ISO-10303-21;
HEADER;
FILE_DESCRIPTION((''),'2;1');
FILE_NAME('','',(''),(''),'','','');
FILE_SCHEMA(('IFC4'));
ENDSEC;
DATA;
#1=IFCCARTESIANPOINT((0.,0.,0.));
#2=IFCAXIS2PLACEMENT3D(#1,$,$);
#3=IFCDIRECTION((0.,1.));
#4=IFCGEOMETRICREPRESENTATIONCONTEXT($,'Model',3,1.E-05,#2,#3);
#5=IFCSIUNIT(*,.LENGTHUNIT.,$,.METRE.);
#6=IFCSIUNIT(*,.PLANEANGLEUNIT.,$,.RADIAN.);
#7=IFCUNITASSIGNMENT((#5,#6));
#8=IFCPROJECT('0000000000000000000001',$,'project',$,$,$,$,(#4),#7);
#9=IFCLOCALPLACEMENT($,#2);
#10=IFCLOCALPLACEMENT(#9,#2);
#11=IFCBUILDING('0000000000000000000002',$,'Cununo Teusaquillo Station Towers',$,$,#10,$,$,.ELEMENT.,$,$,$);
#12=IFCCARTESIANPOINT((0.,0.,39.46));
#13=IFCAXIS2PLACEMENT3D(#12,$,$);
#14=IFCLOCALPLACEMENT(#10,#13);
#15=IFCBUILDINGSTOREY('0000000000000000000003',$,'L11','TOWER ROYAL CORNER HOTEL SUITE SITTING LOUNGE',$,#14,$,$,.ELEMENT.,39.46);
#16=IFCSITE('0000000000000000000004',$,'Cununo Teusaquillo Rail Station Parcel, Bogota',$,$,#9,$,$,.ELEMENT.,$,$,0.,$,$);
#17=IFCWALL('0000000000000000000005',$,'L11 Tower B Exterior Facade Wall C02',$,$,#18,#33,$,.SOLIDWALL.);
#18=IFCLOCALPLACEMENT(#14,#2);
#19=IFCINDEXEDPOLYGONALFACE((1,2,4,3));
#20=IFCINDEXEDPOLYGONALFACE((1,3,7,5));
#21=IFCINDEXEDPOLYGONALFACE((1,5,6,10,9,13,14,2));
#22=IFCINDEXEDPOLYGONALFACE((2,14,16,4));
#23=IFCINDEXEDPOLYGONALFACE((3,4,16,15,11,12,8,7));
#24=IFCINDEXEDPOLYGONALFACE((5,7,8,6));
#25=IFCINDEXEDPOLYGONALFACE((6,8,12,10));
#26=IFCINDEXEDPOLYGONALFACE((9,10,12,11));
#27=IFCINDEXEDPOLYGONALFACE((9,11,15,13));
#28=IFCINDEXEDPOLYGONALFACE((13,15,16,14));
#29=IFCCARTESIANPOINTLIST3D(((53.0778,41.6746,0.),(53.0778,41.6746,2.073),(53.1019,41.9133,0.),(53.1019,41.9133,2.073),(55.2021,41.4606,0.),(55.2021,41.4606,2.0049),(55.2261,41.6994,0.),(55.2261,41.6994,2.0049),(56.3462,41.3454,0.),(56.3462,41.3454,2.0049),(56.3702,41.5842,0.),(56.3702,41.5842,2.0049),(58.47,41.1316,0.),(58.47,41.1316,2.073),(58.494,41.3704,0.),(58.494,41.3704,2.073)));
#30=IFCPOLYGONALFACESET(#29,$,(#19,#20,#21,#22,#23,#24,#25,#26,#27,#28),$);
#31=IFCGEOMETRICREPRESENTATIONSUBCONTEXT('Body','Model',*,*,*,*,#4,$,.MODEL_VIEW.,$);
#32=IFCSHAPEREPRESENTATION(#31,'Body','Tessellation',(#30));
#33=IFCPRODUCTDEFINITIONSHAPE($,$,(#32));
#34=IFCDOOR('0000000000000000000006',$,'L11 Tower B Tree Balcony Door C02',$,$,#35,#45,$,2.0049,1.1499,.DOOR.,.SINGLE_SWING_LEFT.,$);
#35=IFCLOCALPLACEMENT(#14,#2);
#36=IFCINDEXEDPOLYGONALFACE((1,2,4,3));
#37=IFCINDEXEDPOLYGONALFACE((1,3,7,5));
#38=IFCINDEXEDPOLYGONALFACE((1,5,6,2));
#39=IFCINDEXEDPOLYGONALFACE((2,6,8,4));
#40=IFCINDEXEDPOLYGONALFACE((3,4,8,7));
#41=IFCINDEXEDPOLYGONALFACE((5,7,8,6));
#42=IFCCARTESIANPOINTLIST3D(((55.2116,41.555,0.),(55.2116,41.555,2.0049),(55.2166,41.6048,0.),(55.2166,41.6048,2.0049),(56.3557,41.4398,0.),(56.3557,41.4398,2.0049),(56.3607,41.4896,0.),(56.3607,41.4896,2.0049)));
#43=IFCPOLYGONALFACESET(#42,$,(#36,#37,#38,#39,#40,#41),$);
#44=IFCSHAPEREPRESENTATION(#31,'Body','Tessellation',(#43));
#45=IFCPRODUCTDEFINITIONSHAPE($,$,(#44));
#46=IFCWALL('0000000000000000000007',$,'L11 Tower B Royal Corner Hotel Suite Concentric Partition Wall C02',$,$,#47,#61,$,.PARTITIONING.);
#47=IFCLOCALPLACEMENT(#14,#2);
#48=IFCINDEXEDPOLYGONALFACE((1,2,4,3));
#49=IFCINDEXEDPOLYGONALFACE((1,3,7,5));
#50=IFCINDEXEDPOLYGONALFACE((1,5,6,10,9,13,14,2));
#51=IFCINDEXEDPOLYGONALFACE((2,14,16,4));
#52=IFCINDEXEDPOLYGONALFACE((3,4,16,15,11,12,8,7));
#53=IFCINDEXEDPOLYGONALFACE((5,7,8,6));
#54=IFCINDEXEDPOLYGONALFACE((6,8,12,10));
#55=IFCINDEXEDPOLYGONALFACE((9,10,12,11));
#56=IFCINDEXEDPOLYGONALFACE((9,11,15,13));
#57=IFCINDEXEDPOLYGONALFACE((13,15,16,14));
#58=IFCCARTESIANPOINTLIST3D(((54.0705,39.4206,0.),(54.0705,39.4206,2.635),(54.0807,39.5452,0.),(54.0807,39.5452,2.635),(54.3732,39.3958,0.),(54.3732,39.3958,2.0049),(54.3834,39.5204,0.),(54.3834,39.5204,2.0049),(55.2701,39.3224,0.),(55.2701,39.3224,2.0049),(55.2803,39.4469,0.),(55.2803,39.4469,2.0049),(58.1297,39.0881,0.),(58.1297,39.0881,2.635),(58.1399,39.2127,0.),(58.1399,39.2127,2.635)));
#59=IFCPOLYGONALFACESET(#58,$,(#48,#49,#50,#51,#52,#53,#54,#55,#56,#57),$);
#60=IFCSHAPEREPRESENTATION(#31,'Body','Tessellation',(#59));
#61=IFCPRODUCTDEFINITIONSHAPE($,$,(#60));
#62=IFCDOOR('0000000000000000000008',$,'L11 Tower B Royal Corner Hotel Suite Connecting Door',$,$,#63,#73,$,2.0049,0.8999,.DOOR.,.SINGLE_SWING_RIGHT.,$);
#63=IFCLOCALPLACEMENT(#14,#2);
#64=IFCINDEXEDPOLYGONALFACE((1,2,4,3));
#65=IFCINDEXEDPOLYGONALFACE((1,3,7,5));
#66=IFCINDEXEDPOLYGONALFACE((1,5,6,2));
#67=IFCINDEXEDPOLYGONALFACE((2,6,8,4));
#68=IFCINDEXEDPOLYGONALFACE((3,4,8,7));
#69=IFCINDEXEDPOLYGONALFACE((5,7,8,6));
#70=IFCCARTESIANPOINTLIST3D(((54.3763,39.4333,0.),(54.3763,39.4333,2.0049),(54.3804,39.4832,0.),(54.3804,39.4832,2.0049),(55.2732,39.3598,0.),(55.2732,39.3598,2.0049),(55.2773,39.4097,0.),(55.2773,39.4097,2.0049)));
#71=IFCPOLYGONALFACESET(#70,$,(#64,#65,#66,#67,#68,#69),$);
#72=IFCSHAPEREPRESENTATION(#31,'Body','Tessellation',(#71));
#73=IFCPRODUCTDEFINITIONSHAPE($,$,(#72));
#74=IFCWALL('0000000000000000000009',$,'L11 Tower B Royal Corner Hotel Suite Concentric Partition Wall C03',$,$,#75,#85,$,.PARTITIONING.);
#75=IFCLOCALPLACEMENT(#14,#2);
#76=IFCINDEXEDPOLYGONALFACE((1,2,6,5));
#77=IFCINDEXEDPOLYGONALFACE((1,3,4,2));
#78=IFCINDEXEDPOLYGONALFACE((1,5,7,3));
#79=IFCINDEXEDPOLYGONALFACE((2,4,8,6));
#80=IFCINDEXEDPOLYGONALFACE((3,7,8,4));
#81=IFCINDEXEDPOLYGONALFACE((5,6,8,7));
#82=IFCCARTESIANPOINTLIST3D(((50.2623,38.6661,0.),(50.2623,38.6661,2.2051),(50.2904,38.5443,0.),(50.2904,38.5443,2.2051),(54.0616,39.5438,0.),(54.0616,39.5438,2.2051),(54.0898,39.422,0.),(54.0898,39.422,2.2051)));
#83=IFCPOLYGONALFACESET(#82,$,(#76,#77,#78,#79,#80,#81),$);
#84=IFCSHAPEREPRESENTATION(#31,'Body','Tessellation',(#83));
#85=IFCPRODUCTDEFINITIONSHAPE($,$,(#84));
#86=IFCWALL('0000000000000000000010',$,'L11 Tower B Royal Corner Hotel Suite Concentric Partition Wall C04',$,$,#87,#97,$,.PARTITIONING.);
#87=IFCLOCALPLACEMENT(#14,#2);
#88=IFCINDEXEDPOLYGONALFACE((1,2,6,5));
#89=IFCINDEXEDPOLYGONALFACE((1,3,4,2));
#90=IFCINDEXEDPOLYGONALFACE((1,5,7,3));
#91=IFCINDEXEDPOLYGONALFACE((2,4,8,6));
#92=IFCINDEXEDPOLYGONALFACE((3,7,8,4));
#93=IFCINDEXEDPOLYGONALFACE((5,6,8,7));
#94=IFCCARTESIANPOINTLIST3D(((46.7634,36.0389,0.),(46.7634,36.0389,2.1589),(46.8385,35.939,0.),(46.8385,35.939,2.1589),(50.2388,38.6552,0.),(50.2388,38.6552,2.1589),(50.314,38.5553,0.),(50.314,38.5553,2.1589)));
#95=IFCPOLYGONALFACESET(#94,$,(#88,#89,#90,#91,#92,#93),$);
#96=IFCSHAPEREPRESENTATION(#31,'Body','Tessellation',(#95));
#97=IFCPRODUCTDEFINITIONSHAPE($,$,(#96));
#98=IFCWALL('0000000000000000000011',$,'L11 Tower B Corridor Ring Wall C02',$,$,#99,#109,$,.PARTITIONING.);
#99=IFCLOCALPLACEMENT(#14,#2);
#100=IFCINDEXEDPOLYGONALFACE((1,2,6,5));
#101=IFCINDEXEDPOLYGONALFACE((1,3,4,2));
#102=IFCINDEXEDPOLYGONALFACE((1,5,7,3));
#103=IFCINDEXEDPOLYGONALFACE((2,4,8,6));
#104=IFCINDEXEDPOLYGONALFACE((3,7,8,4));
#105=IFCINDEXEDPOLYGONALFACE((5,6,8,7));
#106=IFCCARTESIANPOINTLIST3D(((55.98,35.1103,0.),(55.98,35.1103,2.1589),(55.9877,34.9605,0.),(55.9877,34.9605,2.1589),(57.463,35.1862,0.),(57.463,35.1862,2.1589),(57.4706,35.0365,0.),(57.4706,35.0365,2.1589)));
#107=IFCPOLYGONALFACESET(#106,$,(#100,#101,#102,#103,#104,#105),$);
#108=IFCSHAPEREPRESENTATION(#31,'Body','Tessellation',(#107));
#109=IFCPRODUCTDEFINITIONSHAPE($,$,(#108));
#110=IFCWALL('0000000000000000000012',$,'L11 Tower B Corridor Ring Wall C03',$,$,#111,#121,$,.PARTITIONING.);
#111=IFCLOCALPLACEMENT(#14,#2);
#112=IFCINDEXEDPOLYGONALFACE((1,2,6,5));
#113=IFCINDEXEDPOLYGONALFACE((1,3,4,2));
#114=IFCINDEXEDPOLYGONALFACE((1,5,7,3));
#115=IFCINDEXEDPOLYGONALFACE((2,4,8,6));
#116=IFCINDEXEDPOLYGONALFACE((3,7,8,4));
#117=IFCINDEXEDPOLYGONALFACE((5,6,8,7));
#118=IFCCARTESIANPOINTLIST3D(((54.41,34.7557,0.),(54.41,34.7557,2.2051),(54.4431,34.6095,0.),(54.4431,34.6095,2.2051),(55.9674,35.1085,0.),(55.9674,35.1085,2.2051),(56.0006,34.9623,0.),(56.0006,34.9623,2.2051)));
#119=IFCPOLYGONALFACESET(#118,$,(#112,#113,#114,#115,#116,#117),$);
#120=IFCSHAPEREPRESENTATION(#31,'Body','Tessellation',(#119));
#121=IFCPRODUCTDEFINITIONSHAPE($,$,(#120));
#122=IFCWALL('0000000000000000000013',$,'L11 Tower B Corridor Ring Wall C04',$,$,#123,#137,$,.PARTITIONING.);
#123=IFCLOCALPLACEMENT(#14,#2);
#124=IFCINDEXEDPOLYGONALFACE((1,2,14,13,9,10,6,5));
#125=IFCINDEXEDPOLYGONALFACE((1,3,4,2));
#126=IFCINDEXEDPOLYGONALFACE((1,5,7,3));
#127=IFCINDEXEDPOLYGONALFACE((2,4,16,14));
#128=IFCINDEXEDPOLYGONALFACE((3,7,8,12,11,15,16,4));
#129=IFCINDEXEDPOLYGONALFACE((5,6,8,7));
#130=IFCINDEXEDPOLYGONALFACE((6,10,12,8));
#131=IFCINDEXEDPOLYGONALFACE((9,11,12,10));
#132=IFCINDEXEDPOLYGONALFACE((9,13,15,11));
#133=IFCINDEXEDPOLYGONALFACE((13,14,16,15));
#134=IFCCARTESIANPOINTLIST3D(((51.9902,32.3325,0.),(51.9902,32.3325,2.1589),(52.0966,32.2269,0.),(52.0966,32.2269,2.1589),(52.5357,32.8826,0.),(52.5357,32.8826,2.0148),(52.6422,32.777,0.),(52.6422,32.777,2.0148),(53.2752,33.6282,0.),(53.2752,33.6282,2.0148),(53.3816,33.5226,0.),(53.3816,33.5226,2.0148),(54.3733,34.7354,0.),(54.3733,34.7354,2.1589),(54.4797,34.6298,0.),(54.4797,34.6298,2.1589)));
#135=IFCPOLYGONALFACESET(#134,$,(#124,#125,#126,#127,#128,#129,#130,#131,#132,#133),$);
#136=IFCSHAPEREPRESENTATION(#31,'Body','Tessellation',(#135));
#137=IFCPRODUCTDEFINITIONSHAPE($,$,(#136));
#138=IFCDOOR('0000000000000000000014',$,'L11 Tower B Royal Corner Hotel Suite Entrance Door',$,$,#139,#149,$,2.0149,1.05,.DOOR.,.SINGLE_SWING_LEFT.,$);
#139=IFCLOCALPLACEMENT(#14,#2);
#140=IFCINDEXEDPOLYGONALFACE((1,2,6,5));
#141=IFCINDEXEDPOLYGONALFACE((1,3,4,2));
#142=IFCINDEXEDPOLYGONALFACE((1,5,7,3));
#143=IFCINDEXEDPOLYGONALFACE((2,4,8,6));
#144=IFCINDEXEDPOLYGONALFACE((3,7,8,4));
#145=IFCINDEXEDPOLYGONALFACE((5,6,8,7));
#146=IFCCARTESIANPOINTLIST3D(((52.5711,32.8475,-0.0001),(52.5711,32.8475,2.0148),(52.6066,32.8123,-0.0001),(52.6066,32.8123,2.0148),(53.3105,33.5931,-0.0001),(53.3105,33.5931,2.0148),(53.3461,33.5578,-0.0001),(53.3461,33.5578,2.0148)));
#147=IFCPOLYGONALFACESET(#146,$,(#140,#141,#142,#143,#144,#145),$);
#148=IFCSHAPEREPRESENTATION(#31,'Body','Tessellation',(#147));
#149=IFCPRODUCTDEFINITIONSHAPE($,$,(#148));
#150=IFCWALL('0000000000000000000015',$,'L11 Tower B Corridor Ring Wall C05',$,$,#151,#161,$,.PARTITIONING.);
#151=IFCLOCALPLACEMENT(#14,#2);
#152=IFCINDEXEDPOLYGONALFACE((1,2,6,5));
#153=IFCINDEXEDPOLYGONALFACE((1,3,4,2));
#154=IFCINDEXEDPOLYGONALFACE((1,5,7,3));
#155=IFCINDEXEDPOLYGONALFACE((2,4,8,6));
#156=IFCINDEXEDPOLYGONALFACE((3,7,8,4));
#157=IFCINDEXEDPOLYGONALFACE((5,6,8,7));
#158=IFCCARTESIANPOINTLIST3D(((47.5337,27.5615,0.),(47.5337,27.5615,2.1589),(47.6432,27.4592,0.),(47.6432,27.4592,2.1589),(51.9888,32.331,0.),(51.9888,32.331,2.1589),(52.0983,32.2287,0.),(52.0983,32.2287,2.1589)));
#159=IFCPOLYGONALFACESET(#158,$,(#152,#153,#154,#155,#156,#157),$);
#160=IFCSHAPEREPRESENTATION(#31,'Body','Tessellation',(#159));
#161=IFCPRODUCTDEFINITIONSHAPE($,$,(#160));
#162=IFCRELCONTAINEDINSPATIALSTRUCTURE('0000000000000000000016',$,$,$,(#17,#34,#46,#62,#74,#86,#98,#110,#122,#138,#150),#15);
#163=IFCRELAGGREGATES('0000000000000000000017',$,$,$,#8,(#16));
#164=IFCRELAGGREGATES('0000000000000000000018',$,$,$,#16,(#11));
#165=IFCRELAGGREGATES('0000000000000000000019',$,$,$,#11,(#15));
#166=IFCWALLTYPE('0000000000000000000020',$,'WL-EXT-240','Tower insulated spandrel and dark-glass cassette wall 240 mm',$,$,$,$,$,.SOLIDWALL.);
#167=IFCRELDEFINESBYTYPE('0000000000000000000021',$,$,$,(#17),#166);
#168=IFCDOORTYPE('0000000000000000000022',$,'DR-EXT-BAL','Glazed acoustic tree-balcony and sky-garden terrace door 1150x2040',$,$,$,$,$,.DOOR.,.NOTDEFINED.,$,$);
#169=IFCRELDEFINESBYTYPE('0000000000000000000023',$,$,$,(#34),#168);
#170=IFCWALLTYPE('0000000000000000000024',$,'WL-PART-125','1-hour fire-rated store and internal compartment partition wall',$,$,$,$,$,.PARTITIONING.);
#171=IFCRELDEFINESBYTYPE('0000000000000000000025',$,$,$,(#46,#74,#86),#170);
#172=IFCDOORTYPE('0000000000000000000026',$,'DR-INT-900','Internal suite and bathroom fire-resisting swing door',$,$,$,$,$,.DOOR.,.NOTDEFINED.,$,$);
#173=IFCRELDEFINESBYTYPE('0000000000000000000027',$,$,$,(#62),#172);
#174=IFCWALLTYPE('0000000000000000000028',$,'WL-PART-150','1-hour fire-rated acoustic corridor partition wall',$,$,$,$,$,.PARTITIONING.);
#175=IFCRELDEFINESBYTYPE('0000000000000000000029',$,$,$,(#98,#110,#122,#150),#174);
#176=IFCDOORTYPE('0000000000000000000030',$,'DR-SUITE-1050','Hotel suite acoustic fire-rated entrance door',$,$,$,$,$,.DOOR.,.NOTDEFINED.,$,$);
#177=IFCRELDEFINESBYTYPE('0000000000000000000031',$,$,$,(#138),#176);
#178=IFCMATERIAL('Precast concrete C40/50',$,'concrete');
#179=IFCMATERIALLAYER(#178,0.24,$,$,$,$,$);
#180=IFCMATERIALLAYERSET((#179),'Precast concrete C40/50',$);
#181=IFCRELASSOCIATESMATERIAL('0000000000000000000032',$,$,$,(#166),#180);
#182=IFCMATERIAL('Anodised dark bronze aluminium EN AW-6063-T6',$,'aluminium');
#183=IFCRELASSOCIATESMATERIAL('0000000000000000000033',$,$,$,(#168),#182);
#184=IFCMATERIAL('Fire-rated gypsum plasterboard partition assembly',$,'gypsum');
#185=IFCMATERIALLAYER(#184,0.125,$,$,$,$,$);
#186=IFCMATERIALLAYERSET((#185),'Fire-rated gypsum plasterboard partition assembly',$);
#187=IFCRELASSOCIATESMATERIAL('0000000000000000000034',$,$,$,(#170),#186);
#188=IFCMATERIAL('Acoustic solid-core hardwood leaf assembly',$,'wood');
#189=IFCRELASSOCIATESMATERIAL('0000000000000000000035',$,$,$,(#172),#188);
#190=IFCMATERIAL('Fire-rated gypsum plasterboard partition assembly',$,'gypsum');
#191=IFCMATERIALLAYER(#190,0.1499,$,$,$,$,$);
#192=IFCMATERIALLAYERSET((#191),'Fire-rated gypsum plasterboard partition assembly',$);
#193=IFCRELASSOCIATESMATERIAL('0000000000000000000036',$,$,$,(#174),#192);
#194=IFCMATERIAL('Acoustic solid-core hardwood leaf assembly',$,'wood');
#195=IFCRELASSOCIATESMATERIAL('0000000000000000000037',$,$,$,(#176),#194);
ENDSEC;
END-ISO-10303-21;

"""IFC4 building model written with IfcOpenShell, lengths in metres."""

from ifc_helpers import new_model, si_unit, direction, frame, frame_2d, origin, place, context, subcontext, project, spatial, rectangle, extrude, source, transform, mapped, material, layer, layer_set, type_object, element, fill, save


model = new_model("IFC4")

# Units and contexts
model_context = context("Model", 3, precision=1e-05, world=origin(), true_north=direction((0.0, 1.0)))
body_context = subcontext(model_context, "Body", "Model", "MODEL_VIEW")
ifc_project = project(units=[si_unit("LENGTHUNIT", "METRE"), si_unit("PLANEANGLEUNIT", "RADIAN")], contexts=[model_context])

# Site, building, storey
site_placement = place(None, origin())
site = spatial("IfcSite", under=ifc_project, at=site_placement, Name="Cununo Teusaquillo Rail Station Parcel, Bogota", CompositionType="ELEMENT", RefElevation=0.0)
building_placement = place(site_placement, origin())
building = spatial("IfcBuilding", under=site, at=building_placement, Name="Cununo Teusaquillo Station Towers", CompositionType="ELEMENT")
storey_placement = place(building_placement, frame((0.0, 0.0, 39.46)))
storey = spatial("IfcBuildingStorey", under=building, at=storey_placement, Name="L11", Description="TOWER ROYAL CORNER HOTEL SUITE SITTING LOUNGE", CompositionType="ELEMENT", Elevation=39.46)

# Walls, openings, doors
ifc_material_1 = material(Name="Precast concrete C40/50", Category="concrete")
ifc_layer_1 = layer(ifc_material_1, 0.24)
ifc_layer_set_1 = layer_set([ifc_layer_1], Name="Precast concrete C40/50")
wall_type_1 = type_object("IfcWallType", Name="WL-EXT-240", Description="Tower insulated spandrel and dark-glass cassette wall 240 mm", PredefinedType="SOLIDWALL", material=ifc_layer_set_1)
wall_1_placement = place(storey_placement, frame((53.0898, 41.7939, 0.0), z_axis=(0.0, 0.0, 1.0), x_axis=(0.994968, -0.100191, 0.0)))
wall_1 = element("IfcWall", 1, at=wall_1_placement, inside=storey, type_object=wall_type_1, Name="L11 Tower B Exterior Facade Wall C02", PredefinedType="SOLIDWALL", context=body_context, shape_type="SweptSolid", body=[
    extrude(rectangle(XDim=5.4194, YDim=0.24, at=frame_2d((2.7097, 0.0))), origin(), (0.0, 0.0, 1.0), 2.073),
])
shared_shape_1 = source(origin(), body_context, "Body", "SweptSolid", [
    extrude(rectangle(XDim=1.1499, YDim=2.0049, at=frame_2d((0.575, 1.0024))), frame((0.0, 0.1299, 0.0), z_axis=(0.0, -1.0, 0.0), x_axis=(1.0, 0.0, 0.0)), (0.0, 0.0, 1.0), 0.26),
])
opening_1_placement = place(wall_1_placement, frame((2.135, 0.0, 0.0)))
opening_1 = element("IfcOpeningElement", 2, at=opening_1_placement, cuts=wall_1, PredefinedType="OPENING", context=body_context, shape_type="MappedRepresentation", body=[
    mapped(shared_shape_1, transform((0.0, 0.0, 0.0), x_axis=(1.0, 0.0, 0.0), y_axis=(0.0, 1.0, 0.0), z_axis=(0.0, 0.0, 1.0), scale=1.0)),
])
ifc_material_2 = material(Name="Anodised dark bronze aluminium EN AW-6063-T6", Category="aluminium")
door_type_1 = type_object("IfcDoorType", Name="DR-EXT-BAL", Description="Glazed acoustic tree-balcony and sky-garden terrace door 1150x2040", OperationType="NOTDEFINED", PredefinedType="DOOR", material=ifc_material_2)
shared_shape_2 = source(origin(), body_context, "Body", "SweptSolid", [
    extrude(rectangle(XDim=1.1499, YDim=2.0049, at=frame_2d((0.575, 1.0024))), frame((0.0, 0.0249, 0.0), z_axis=(0.0, -1.0, 0.0), x_axis=(1.0, 0.0, 0.0)), (0.0, 0.0, 1.0), 0.05),
])
door_1_placement = place(opening_1_placement, origin())
door_1 = element("IfcDoor", 3, at=door_1_placement, inside=storey, type_object=door_type_1, Name="L11 Tower B Tree Balcony Door C02", OperationType="SINGLE_SWING_LEFT", OverallHeight=2.0049, OverallWidth=1.1499, PredefinedType="DOOR", context=body_context, shape_type="MappedRepresentation", body=[
    mapped(shared_shape_2, transform((0.0, 0.0, 0.0), x_axis=(1.0, 0.0, 0.0), y_axis=(0.0, 1.0, 0.0), z_axis=(0.0, 0.0, 1.0), scale=1.0)),
])
fill(opening_1, door_1)
ifc_material_3 = material(Name="Fire-rated gypsum plasterboard partition assembly", Category="gypsum")
ifc_layer_2 = layer(ifc_material_3, 0.125)
ifc_layer_set_2 = layer_set([ifc_layer_2], Name="Fire-rated gypsum plasterboard partition assembly")
wall_type_2 = type_object("IfcWallType", Name="WL-PART-125", Description="1-hour fire-rated store and internal compartment partition wall", PredefinedType="PARTITIONING", material=ifc_layer_set_2)
wall_2_placement = place(storey_placement, frame((58.1348, 39.1504, 0.0), z_axis=(0.0, 0.0, 1.0), x_axis=(-0.996661, 0.081646, 0.0)))
wall_2 = element("IfcWall", 4, at=wall_2_placement, inside=storey, type_object=wall_type_2, Name="L11 Tower B Royal Corner Hotel Suite Concentric Partition Wall C02", PredefinedType="PARTITIONING", context=body_context, shape_type="SweptSolid", body=[
    extrude(rectangle(XDim=4.0728, YDim=0.125, at=frame_2d((2.0364, 0.0))), origin(), (0.0, 0.0, 1.0), 2.635),
])
shared_shape_3 = source(origin(), body_context, "Body", "SweptSolid", [
    extrude(rectangle(XDim=0.8999, YDim=2.0049, at=frame_2d((0.45, 1.0024))), frame((0.0, 0.0725, 0.0), z_axis=(0.0, -1.0, 0.0), x_axis=(1.0, 0.0, 0.0)), (0.0, 0.0, 1.0), 0.145),
])
opening_2_placement = place(wall_2_placement, frame((2.8691, 0.0, 0.0)))
opening_2 = element("IfcOpeningElement", 5, at=opening_2_placement, cuts=wall_2, PredefinedType="OPENING", context=body_context, shape_type="MappedRepresentation", body=[
    mapped(shared_shape_3, transform((0.0, 0.0, 0.0), x_axis=(1.0, 0.0, 0.0), y_axis=(0.0, 1.0, 0.0), z_axis=(0.0, 0.0, 1.0), scale=1.0)),
])
ifc_material_4 = material(Name="Acoustic solid-core hardwood leaf assembly", Category="wood")
door_type_2 = type_object("IfcDoorType", Name="DR-INT-900", Description="Internal suite and bathroom fire-resisting swing door", OperationType="NOTDEFINED", PredefinedType="DOOR", material=ifc_material_4)
shared_shape_4 = source(origin(), body_context, "Body", "SweptSolid", [
    extrude(rectangle(XDim=0.8999, YDim=2.0049, at=frame_2d((0.45, 1.0024))), frame((0.0, 0.0249, 0.0), z_axis=(0.0, -1.0, 0.0), x_axis=(1.0, 0.0, 0.0)), (0.0, 0.0, 1.0), 0.05),
])
door_2_placement = place(opening_2_placement, origin())
door_2 = element("IfcDoor", 6, at=door_2_placement, inside=storey, type_object=door_type_2, Name="L11 Tower B Royal Corner Hotel Suite Connecting Door", OperationType="SINGLE_SWING_RIGHT", OverallHeight=2.0049, OverallWidth=0.8999, PredefinedType="DOOR", context=body_context, shape_type="MappedRepresentation", body=[
    mapped(shared_shape_4, transform((0.0, 0.0, 0.0), x_axis=(1.0, 0.0, 0.0), y_axis=(0.0, 1.0, 0.0), z_axis=(0.0, 0.0, 1.0), scale=1.0)),
])
fill(opening_2, door_2)

# Walls
wall_3_placement = place(storey_placement, frame((54.0757, 39.4829, 0.0), z_axis=(0.0, 0.0, 1.0), x_axis=(-0.974339, -0.225084, 0.0)))
element("IfcWall", 7, at=wall_3_placement, inside=storey, type_object=wall_type_2, Name="L11 Tower B Royal Corner Hotel Suite Concentric Partition Wall C03", PredefinedType="PARTITIONING", context=body_context, shape_type="SweptSolid", body=[
    extrude(rectangle(XDim=3.8994, YDim=0.125, at=frame_2d((1.9497, 0.0))), origin(), (0.0, 0.0, 1.0), 2.2051),
])
wall_4_placement = place(storey_placement, frame((50.2764, 38.6052, 0.0), z_axis=(0.0, 0.0, 1.0), x_axis=(-0.798928, -0.601427, 0.0)))
element("IfcWall", 8, at=wall_4_placement, inside=storey, type_object=wall_type_2, Name="L11 Tower B Royal Corner Hotel Suite Concentric Partition Wall C04", PredefinedType="PARTITIONING", context=body_context, shape_type="SweptSolid", body=[
    extrude(rectangle(XDim=4.3501, YDim=0.125, at=frame_2d((2.175, 0.0))), origin(), (0.0, 0.0, 1.0), 2.1589),
])
ifc_material_5 = material(Name="Fire-rated gypsum plasterboard partition assembly", Category="gypsum")
ifc_layer_3 = layer(ifc_material_5, 0.1499)
ifc_layer_set_3 = layer_set([ifc_layer_3], Name="Fire-rated gypsum plasterboard partition assembly")
wall_type_3 = type_object("IfcWallType", Name="WL-PART-150", Description="1-hour fire-rated acoustic corridor partition wall", PredefinedType="PARTITIONING", material=ifc_layer_set_3)
wall_5_placement = place(storey_placement, frame((57.4668, 35.1113, 0.0), z_axis=(0.0, 0.0, 1.0), x_axis=(-0.998692, -0.051135, 0.0)))
element("IfcWall", 9, at=wall_5_placement, inside=storey, type_object=wall_type_3, Name="L11 Tower B Corridor Ring Wall C02", PredefinedType="PARTITIONING", context=body_context, shape_type="SweptSolid", body=[
    extrude(rectangle(XDim=1.4849, YDim=0.1499, at=frame_2d((0.7424, 0.0))), origin(), (0.0, 0.0, 1.0), 2.1589),
])
wall_6_placement = place(storey_placement, frame((55.9839, 35.0354, 0.0), z_axis=(0.0, 0.0, 1.0), x_axis=(-0.97529, -0.220927, 0.0)))
element("IfcWall", 10, at=wall_6_placement, inside=storey, type_object=wall_type_3, Name="L11 Tower B Corridor Ring Wall C03", PredefinedType="PARTITIONING", context=body_context, shape_type="SweptSolid", body=[
    extrude(rectangle(XDim=1.5969, YDim=0.1499, at=frame_2d((0.7983, 0.0))), origin(), (0.0, 0.0, 1.0), 2.2051),
])

# Wall, opening, door
wall_7_placement = place(storey_placement, frame((54.4265, 34.6826, 0.0), z_axis=(0.0, 0.0, 1.0), x_axis=(-0.704179, -0.710022, 0.0)))
wall_7 = element("IfcWall", 11, at=wall_7_placement, inside=storey, type_object=wall_type_3, Name="L11 Tower B Corridor Ring Wall C04", PredefinedType="PARTITIONING", context=body_context, shape_type="SweptSolid", body=[
    extrude(rectangle(XDim=3.3843, YDim=0.1499, at=frame_2d((1.6921, 0.0))), origin(), (0.0, 0.0, 1.0), 2.1589),
])
shared_shape_5 = source(origin(), body_context, "Body", "SweptSolid", [
    extrude(rectangle(XDim=1.05, YDim=2.0149, at=frame_2d((0.5249, 1.0073))), frame((0.0, 0.085, 0.0), z_axis=(0.0, -1.0, 0.0), x_axis=(1.0, 0.0, 0.0)), (0.0, 0.0, 1.0), 0.1699),
])
opening_3_placement = place(wall_7_placement, frame((1.5596, 0.0, 0.0)))
opening_3 = element("IfcOpeningElement", 12, at=opening_3_placement, cuts=wall_7, PredefinedType="OPENING", context=body_context, shape_type="MappedRepresentation", body=[
    mapped(shared_shape_5, transform((0.0, 0.0, 0.0), x_axis=(1.0, 0.0, 0.0), y_axis=(0.0, 1.0, 0.0), z_axis=(0.0, 0.0, 1.0), scale=1.0)),
])
ifc_material_6 = material(Name="Acoustic solid-core hardwood leaf assembly", Category="wood")
door_type_3 = type_object("IfcDoorType", Name="DR-SUITE-1050", Description="Hotel suite acoustic fire-rated entrance door", OperationType="NOTDEFINED", PredefinedType="DOOR", material=ifc_material_6)
shared_shape_6 = source(origin(), body_context, "Body", "SweptSolid", [
    extrude(rectangle(XDim=1.05, YDim=2.0149, at=frame_2d((0.5249, 1.0073))), frame((0.0, 0.0249, 0.0), z_axis=(0.0, -1.0, 0.0), x_axis=(1.0, 0.0, 0.0)), (0.0, 0.0, 1.0), 0.05),
])
door_3_placement = place(opening_3_placement, origin())
door_3 = element("IfcDoor", 13, at=door_3_placement, inside=storey, type_object=door_type_3, Name="L11 Tower B Royal Corner Hotel Suite Entrance Door", OperationType="SINGLE_SWING_LEFT", OverallHeight=2.0149, OverallWidth=1.05, PredefinedType="DOOR", context=body_context, shape_type="MappedRepresentation", body=[
    mapped(shared_shape_6, transform((0.0, 0.0, 0.0), x_axis=(1.0, 0.0, 0.0), y_axis=(0.0, 1.0, 0.0), z_axis=(0.0, 0.0, 1.0), scale=1.0)),
])
fill(opening_3, door_3)

# Wall
wall_8_placement = place(storey_placement, frame((52.0435, 32.2798, 0.0), z_axis=(0.0, 0.0, 1.0), x_axis=(-0.682606, -0.730787, 0.0)))
element("IfcWall", 14, at=wall_8_placement, inside=storey, type_object=wall_type_3, Name="L11 Tower B Corridor Ring Wall C05", PredefinedType="PARTITIONING", context=body_context, shape_type="SweptSolid", body=[
    extrude(rectangle(XDim=6.5266, YDim=0.1499, at=frame_2d((3.2632, 0.0))), origin(), (0.0, 0.0, 1.0), 2.1589),
])

save(model, "model.ifc")
